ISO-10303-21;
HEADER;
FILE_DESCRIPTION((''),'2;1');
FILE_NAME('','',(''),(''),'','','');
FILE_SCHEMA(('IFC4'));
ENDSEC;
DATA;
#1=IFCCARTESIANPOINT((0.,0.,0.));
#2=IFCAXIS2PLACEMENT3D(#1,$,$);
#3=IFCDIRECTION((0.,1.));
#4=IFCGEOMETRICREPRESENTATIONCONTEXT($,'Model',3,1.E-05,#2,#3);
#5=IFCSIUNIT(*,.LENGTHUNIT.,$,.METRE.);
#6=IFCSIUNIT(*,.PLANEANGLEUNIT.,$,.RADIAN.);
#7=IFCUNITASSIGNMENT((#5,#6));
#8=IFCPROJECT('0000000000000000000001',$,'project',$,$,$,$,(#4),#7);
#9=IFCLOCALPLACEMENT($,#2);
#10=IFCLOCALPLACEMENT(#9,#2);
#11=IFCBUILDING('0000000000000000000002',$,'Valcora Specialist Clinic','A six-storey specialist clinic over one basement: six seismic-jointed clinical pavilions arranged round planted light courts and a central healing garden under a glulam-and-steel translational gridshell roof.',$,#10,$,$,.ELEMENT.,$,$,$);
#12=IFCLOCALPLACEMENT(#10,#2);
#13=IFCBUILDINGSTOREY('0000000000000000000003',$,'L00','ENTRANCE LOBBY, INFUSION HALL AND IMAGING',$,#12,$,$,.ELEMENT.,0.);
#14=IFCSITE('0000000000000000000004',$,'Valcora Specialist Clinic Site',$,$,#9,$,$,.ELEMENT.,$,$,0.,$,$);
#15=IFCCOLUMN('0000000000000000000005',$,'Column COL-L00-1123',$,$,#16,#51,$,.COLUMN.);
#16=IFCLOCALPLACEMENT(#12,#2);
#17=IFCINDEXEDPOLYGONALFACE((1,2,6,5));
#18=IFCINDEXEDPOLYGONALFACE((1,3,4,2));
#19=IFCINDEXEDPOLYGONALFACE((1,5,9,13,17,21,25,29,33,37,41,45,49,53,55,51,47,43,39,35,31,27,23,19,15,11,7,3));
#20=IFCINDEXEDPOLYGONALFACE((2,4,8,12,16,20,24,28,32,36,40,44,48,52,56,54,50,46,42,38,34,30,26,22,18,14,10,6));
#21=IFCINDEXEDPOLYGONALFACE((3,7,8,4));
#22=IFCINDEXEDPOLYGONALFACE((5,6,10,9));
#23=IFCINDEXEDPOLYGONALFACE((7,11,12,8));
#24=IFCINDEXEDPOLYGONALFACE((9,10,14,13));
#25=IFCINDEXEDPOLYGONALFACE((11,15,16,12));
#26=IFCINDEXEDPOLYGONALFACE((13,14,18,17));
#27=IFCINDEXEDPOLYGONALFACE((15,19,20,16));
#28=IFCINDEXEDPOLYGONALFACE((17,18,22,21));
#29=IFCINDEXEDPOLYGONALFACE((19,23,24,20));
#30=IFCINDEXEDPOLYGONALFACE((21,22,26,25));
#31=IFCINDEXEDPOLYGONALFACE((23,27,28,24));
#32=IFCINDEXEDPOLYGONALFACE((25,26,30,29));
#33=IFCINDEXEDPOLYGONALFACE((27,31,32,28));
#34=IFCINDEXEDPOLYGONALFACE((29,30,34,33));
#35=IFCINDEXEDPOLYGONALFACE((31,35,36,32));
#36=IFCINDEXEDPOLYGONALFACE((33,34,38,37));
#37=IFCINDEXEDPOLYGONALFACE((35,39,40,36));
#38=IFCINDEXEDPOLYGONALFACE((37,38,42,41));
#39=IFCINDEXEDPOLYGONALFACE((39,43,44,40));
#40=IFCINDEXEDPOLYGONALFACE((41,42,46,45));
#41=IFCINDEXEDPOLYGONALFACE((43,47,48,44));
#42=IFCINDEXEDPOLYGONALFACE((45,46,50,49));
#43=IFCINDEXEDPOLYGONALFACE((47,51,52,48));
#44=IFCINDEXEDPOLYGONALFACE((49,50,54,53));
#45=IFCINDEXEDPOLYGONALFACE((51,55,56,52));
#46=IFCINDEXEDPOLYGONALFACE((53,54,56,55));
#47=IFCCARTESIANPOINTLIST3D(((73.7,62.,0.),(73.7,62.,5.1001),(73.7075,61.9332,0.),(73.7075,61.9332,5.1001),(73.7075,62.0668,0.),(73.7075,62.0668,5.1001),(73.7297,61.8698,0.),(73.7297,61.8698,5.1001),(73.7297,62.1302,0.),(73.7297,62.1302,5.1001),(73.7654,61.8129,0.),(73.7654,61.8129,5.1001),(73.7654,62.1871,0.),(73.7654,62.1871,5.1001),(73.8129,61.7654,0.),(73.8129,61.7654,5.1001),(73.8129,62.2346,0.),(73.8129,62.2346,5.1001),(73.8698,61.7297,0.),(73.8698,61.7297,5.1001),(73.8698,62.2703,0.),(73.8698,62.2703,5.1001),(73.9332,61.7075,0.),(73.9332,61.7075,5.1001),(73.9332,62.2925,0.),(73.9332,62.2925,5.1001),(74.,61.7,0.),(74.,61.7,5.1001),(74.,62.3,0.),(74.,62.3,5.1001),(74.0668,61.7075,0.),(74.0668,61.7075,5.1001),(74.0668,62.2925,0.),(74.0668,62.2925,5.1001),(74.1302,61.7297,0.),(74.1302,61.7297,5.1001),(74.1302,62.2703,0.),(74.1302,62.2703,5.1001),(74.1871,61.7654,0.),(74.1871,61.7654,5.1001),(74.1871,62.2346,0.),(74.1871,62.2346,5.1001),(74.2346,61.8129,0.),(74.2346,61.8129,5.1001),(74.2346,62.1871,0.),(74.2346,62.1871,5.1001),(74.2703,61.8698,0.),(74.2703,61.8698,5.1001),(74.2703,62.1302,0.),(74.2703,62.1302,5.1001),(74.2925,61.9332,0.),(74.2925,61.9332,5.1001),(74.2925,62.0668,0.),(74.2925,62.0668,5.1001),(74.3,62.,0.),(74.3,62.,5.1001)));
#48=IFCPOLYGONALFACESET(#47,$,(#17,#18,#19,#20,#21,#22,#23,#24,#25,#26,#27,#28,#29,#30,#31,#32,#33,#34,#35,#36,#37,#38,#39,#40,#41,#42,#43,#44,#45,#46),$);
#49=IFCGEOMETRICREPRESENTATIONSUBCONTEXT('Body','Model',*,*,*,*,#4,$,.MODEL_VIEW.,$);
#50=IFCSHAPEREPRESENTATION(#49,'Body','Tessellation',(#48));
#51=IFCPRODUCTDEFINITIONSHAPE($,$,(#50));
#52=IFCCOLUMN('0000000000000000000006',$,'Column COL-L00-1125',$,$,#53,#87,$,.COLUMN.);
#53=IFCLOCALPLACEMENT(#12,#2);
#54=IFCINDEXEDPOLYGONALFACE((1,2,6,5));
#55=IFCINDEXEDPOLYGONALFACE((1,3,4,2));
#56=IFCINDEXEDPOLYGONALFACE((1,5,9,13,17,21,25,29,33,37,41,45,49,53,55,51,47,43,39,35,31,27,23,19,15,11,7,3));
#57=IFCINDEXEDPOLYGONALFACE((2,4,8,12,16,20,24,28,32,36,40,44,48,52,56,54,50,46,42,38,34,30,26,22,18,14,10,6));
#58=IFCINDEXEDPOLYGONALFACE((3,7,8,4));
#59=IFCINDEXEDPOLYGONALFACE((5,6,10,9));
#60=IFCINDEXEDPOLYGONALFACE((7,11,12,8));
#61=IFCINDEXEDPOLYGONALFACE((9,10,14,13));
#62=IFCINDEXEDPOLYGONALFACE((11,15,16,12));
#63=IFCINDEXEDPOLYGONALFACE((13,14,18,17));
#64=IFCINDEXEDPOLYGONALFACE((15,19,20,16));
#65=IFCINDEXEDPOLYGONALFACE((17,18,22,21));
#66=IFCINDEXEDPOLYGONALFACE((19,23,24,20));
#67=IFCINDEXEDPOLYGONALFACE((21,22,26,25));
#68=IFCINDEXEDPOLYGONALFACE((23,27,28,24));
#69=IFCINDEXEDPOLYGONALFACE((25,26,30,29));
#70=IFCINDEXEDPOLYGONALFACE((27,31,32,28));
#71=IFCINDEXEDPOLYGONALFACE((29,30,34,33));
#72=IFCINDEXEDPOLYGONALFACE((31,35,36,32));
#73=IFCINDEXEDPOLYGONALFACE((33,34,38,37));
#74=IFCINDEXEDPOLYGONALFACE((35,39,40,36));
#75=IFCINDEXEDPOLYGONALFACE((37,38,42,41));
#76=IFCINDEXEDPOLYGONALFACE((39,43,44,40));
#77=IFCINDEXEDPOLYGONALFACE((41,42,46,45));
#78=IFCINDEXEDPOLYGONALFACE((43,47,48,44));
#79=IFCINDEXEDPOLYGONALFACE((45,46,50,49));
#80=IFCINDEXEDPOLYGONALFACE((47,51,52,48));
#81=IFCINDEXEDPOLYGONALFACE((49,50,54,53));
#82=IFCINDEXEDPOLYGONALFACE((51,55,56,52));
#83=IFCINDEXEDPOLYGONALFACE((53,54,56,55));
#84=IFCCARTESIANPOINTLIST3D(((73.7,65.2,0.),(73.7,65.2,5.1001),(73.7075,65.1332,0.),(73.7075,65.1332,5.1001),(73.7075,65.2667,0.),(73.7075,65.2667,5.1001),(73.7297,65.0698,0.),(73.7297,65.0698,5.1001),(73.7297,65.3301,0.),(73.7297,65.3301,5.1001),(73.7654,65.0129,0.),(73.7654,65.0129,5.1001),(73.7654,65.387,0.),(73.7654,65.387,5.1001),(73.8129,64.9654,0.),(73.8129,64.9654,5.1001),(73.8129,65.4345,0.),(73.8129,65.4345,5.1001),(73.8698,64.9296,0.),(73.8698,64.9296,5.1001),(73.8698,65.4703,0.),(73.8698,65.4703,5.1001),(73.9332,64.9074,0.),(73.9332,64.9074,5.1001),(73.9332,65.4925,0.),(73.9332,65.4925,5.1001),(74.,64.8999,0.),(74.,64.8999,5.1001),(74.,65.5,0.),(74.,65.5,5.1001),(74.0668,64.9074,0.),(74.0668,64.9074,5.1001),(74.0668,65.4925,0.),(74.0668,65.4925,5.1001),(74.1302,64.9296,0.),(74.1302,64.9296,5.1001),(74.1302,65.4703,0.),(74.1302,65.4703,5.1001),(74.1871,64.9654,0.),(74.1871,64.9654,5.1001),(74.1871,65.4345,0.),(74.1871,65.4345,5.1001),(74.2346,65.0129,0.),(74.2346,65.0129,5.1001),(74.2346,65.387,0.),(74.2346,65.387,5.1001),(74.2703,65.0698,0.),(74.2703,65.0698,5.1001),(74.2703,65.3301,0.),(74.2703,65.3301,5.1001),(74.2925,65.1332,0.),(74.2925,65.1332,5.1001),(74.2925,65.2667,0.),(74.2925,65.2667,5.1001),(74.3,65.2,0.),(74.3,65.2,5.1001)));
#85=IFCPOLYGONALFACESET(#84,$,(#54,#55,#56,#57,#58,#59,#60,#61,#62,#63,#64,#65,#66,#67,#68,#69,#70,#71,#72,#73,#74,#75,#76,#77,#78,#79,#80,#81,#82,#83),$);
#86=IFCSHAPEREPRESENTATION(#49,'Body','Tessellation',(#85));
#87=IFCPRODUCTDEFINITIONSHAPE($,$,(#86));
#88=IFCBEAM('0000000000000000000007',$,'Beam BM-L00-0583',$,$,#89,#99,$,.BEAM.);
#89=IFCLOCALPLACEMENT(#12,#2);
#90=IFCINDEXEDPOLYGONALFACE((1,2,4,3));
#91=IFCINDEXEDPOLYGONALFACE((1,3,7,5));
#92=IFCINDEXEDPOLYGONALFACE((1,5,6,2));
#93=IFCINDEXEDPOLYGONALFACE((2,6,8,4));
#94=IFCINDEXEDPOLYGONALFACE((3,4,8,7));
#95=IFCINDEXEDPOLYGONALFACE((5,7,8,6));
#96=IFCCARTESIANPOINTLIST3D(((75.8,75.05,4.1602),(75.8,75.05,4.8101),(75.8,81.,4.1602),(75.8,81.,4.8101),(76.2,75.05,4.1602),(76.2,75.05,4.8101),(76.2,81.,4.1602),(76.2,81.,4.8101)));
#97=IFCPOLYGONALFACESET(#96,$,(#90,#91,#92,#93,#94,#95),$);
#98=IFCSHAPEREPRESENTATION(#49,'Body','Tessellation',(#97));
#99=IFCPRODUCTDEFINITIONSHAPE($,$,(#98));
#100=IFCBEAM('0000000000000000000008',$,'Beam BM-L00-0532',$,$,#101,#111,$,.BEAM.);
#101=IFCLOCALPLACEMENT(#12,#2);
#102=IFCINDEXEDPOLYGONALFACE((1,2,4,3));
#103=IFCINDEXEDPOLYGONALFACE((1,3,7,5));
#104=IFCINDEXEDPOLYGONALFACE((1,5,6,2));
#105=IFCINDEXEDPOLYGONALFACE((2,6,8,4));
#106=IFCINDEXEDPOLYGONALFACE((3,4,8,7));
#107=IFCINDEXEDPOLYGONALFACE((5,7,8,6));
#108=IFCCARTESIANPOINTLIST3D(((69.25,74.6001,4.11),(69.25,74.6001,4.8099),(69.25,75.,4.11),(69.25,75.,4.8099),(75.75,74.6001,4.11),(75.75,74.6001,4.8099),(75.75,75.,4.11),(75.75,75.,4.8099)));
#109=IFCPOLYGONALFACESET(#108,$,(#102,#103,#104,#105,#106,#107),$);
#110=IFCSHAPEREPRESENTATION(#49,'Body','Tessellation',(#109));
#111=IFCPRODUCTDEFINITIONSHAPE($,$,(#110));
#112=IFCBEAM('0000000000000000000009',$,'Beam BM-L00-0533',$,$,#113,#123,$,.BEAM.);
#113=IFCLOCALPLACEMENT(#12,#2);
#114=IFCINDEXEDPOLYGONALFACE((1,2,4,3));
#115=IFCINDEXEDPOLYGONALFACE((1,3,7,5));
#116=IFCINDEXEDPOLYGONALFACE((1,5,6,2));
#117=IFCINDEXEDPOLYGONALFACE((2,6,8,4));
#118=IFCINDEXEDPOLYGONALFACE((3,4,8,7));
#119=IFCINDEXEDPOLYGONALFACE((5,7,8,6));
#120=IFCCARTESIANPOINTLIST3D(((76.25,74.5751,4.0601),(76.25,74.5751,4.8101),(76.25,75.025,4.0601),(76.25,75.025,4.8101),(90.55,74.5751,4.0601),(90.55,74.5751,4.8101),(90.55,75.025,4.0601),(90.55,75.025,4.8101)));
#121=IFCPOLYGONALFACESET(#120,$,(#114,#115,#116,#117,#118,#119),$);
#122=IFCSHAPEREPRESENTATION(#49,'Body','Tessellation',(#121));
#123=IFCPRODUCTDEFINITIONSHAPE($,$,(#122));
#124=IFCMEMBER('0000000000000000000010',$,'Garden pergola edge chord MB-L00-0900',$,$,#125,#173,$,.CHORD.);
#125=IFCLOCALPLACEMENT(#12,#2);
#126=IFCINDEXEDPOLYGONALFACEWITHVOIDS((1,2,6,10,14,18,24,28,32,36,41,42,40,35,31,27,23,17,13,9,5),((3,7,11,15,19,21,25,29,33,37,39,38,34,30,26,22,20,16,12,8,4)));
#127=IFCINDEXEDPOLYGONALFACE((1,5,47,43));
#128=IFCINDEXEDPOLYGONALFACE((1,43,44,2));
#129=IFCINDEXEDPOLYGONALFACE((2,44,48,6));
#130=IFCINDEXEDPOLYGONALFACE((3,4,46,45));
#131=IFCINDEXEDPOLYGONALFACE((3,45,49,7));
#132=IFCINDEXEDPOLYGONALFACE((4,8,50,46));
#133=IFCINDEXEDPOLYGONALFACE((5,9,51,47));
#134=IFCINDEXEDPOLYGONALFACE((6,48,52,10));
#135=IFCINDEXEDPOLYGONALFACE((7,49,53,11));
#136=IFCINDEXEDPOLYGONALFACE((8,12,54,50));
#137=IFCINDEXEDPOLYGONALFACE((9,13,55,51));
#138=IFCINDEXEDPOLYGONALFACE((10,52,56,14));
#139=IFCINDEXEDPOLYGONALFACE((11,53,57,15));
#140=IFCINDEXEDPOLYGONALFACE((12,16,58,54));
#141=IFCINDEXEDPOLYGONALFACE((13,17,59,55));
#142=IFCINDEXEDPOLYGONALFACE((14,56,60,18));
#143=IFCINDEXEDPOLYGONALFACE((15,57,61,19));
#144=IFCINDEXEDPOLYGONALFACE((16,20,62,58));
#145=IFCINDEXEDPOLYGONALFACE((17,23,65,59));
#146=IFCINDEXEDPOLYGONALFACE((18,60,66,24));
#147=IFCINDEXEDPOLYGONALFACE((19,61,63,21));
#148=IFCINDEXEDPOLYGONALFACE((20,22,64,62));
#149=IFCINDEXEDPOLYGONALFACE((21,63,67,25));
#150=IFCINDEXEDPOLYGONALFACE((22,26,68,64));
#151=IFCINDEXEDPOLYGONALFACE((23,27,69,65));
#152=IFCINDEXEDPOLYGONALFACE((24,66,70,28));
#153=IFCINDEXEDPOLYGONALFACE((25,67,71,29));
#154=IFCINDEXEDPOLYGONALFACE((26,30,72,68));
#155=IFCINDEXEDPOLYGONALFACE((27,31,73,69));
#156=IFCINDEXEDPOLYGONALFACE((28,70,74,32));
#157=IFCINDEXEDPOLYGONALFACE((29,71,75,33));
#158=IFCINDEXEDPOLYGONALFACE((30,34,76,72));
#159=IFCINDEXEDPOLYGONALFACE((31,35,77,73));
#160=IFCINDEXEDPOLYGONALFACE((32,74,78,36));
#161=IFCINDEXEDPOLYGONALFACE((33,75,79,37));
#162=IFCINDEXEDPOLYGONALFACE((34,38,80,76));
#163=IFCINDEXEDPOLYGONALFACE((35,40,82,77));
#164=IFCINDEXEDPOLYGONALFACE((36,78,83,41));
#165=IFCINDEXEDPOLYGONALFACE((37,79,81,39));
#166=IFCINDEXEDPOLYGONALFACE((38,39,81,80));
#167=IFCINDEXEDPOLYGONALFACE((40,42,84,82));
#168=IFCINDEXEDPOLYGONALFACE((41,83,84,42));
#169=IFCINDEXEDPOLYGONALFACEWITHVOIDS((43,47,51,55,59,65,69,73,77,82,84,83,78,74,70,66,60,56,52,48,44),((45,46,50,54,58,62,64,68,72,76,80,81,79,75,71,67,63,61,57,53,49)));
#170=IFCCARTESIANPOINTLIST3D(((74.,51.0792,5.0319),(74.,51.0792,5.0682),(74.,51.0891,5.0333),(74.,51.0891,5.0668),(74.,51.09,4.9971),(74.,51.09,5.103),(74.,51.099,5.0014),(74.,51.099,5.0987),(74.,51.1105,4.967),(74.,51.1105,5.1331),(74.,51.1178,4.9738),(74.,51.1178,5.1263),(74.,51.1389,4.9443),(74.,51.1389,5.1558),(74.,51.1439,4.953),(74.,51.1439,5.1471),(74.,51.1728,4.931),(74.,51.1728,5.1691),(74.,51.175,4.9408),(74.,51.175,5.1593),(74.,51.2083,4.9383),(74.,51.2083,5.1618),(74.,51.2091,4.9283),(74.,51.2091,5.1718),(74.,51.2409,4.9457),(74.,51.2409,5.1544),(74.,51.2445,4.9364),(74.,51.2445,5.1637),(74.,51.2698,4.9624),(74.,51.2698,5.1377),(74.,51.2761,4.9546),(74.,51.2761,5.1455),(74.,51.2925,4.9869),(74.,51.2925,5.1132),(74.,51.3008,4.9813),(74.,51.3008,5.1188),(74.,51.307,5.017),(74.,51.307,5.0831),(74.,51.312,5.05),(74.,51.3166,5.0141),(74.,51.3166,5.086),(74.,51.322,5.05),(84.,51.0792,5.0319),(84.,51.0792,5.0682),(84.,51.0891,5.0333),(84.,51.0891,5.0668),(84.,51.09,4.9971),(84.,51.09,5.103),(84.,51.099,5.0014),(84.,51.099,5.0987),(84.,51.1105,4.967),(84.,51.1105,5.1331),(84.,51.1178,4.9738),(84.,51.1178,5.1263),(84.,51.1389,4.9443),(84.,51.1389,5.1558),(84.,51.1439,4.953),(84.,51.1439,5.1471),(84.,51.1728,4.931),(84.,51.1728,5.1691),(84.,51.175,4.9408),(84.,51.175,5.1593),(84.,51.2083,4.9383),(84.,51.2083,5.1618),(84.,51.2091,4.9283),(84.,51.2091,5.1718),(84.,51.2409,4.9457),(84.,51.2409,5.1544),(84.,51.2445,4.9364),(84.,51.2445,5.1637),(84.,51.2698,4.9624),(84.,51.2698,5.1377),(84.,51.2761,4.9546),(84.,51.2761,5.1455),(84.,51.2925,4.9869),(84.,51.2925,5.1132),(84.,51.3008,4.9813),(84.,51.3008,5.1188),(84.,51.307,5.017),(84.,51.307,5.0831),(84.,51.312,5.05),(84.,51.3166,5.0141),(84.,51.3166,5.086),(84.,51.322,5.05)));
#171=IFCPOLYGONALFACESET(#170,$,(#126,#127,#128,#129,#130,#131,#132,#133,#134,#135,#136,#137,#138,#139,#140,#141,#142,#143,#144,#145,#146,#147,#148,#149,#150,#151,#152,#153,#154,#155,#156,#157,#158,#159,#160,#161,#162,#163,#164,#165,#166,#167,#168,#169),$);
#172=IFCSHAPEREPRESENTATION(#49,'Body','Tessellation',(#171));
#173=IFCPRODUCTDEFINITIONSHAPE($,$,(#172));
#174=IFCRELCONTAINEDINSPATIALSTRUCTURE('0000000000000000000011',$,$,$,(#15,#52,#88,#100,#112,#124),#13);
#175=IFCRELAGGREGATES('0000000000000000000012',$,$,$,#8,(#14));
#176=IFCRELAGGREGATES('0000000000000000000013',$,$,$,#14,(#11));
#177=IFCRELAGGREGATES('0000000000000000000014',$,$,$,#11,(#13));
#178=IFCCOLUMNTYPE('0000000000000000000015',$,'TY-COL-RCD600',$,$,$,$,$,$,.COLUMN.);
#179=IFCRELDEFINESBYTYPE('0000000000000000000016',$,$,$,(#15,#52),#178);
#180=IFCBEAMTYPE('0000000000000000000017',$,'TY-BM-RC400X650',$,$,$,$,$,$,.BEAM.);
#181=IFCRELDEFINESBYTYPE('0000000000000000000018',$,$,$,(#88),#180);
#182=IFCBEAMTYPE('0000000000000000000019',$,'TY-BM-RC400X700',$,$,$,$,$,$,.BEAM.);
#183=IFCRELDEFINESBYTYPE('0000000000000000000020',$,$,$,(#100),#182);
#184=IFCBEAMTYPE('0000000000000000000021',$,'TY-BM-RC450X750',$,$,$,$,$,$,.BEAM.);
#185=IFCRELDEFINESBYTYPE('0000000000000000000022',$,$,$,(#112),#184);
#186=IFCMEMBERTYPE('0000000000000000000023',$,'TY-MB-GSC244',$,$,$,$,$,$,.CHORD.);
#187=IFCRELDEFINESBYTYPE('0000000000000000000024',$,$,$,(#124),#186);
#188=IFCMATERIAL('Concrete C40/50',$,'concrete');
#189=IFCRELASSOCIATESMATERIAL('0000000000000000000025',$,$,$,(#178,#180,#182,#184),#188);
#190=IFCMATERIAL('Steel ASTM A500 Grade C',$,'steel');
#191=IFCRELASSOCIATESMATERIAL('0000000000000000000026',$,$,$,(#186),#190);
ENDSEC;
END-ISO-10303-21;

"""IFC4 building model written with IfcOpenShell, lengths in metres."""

from ifc_helpers import new_model, si_unit, direction, frame, origin, origin_2d, place, context, subcontext, project, spatial, rectangle, circle, hollow_circle, extrude, material, material_profile, profile_set, type_object, element, save


model = new_model("IFC4")

# Units and contexts
model_context = context("Model", 3, precision=1e-05, world=origin(), true_north=direction((0.0, 1.0)))
body_context = subcontext(model_context, "Body", "Model", "MODEL_VIEW")
ifc_project = project(units=[si_unit("LENGTHUNIT", "METRE"), si_unit("PLANEANGLEUNIT", "RADIAN")], contexts=[model_context])

# Site, building, storey
site_placement = place(None, origin())
site = spatial("IfcSite", under=ifc_project, at=site_placement, Name="Valcora Specialist Clinic Site", CompositionType="ELEMENT", RefElevation=0.0)
building_placement = place(site_placement, origin())
building = spatial("IfcBuilding", under=site, at=building_placement, Name="Valcora Specialist Clinic", Description="A six-storey specialist clinic over one basement: six seismic-jointed clinical pavilions arranged round planted light courts and a central healing garden under a glulam-and-steel translational gridshell roof.", CompositionType="ELEMENT")
storey_placement = place(building_placement, origin())
storey = spatial("IfcBuildingStorey", under=building, at=storey_placement, Name="L00", Description="ENTRANCE LOBBY, INFUSION HALL AND IMAGING", CompositionType="ELEMENT", Elevation=0.0)

# Columns
ifc_material_1 = material(Name="Steel ASTM A500 Grade C", Category="steel")
ifc_material_2 = material(Name="Concrete C40/50", Category="concrete")
ifc_material_profile_1 = material_profile(ifc_material_2, circle(Radius=0.3, at=origin_2d()), Name="RC-COL-D600")
ifc_profile_set_1 = profile_set([ifc_material_profile_1], Name="Concrete C40/50")
column_type_1 = type_object("IfcColumnType", Name="TY-COL-RCD600", PredefinedType="COLUMN", material=ifc_profile_set_1)
for number, where, z_axis, x_axis, name in (
    (1, (74.0, 62.0, 0.0), (0.0, 0.0, 1.0), (1.0, 0.0, 0.0), "Column COL-L00-1123"),
    (2, (74.0, 65.2, 0.0), (0.0, 0.0, 1.0), (1.0, 0.0, 0.0), "Column COL-L00-1125"),
):
    element("IfcColumn", number, at=place(storey_placement, frame(where, z_axis=z_axis, x_axis=x_axis)), inside=storey, type_object=column_type_1, Name=name, PredefinedType="COLUMN", context=body_context, shape_type="SweptSolid", body=[
        extrude(circle(Radius=0.3, at=origin_2d()), origin(), (0.0, 0.0, 1.0), 5.1001),
    ])

# Beams
ifc_material_profile_2 = material_profile(ifc_material_2, rectangle(XDim=0.3999, YDim=0.6499, at=origin_2d()), Name="RC-BM-400X650")
ifc_profile_set_2 = profile_set([ifc_material_profile_2], Name="Concrete C40/50")
beam_type_1 = type_object("IfcBeamType", Name="TY-BM-RC400X650", PredefinedType="BEAM", material=ifc_profile_set_2)
beam_1_placement = place(storey_placement, frame((76.0, 75.05, 4.4851), z_axis=(0.0, 1.0, 0.0), x_axis=(-1.0, 0.0, 0.0)))
element("IfcBeam", 3, at=beam_1_placement, inside=storey, type_object=beam_type_1, Name="Beam BM-L00-0583", PredefinedType="BEAM", context=body_context, shape_type="SweptSolid", body=[
    extrude(rectangle(XDim=0.3999, YDim=0.6499, at=origin_2d()), origin(), (0.0, 0.0, 1.0), 5.95),
])
ifc_material_profile_3 = material_profile(ifc_material_2, rectangle(XDim=0.3999, YDim=0.7, at=origin_2d()), Name="RC-BM-400X700")
ifc_profile_set_3 = profile_set([ifc_material_profile_3], Name="Concrete C40/50")
beam_type_2 = type_object("IfcBeamType", Name="TY-BM-RC400X700", PredefinedType="BEAM", material=ifc_profile_set_3)
beam_2_placement = place(storey_placement, frame((69.25, 74.8, 4.46), z_axis=(1.0, 0.0, 0.0), x_axis=(0.0, 1.0, 0.0)))
element("IfcBeam", 4, at=beam_2_placement, inside=storey, type_object=beam_type_2, Name="Beam BM-L00-0532", PredefinedType="BEAM", context=body_context, shape_type="SweptSolid", body=[
    extrude(rectangle(XDim=0.3999, YDim=0.7, at=origin_2d()), origin(), (0.0, 0.0, 1.0), 6.5),
])
ifc_material_profile_4 = material_profile(ifc_material_2, rectangle(XDim=0.45, YDim=0.75, at=origin_2d()), Name="RC-BM-450X750")
ifc_profile_set_4 = profile_set([ifc_material_profile_4], Name="Concrete C40/50")
beam_type_3 = type_object("IfcBeamType", Name="TY-BM-RC450X750", PredefinedType="BEAM", material=ifc_profile_set_4)
beam_3_placement = place(storey_placement, frame((76.25, 74.8, 4.4351), z_axis=(1.0, 0.0, 0.0), x_axis=(0.0, 1.0, 0.0)))
element("IfcBeam", 5, at=beam_3_placement, inside=storey, type_object=beam_type_3, Name="Beam BM-L00-0533", PredefinedType="BEAM", context=body_context, shape_type="SweptSolid", body=[
    extrude(rectangle(XDim=0.45, YDim=0.75, at=origin_2d()), origin(), (0.0, 0.0, 1.0), 14.3),
])

# Member
ifc_material_profile_5 = material_profile(ifc_material_1, hollow_circle(Radius=0.1221, WallThickness=0.01, at=origin_2d()), Name="ST-CHS-244X10")
ifc_profile_set_5 = profile_set([ifc_material_profile_5], Name="Steel ASTM A500 Grade C")
member_type_1 = type_object("IfcMemberType", Name="TY-MB-GSC244", PredefinedType="CHORD", material=ifc_profile_set_5)
for number, where, z_axis, x_axis, name in (
    (6, (74.0, 51.2, 5.05), (1.0, 0.0, 0.0), (0.0, 1.0, 0.0), "Garden pergola edge chord MB-L00-0900"),
):
    element("IfcMember", number, at=place(storey_placement, frame(where, z_axis=z_axis, x_axis=x_axis)), inside=storey, type_object=member_type_1, Name=name, PredefinedType="CHORD", context=body_context, shape_type="SweptSolid", body=[
        extrude(hollow_circle(Radius=0.1221, WallThickness=0.01, at=origin_2d()), origin(), (0.0, 0.0, 1.0), 10.0),
    ])

save(model, "model.ifc")
